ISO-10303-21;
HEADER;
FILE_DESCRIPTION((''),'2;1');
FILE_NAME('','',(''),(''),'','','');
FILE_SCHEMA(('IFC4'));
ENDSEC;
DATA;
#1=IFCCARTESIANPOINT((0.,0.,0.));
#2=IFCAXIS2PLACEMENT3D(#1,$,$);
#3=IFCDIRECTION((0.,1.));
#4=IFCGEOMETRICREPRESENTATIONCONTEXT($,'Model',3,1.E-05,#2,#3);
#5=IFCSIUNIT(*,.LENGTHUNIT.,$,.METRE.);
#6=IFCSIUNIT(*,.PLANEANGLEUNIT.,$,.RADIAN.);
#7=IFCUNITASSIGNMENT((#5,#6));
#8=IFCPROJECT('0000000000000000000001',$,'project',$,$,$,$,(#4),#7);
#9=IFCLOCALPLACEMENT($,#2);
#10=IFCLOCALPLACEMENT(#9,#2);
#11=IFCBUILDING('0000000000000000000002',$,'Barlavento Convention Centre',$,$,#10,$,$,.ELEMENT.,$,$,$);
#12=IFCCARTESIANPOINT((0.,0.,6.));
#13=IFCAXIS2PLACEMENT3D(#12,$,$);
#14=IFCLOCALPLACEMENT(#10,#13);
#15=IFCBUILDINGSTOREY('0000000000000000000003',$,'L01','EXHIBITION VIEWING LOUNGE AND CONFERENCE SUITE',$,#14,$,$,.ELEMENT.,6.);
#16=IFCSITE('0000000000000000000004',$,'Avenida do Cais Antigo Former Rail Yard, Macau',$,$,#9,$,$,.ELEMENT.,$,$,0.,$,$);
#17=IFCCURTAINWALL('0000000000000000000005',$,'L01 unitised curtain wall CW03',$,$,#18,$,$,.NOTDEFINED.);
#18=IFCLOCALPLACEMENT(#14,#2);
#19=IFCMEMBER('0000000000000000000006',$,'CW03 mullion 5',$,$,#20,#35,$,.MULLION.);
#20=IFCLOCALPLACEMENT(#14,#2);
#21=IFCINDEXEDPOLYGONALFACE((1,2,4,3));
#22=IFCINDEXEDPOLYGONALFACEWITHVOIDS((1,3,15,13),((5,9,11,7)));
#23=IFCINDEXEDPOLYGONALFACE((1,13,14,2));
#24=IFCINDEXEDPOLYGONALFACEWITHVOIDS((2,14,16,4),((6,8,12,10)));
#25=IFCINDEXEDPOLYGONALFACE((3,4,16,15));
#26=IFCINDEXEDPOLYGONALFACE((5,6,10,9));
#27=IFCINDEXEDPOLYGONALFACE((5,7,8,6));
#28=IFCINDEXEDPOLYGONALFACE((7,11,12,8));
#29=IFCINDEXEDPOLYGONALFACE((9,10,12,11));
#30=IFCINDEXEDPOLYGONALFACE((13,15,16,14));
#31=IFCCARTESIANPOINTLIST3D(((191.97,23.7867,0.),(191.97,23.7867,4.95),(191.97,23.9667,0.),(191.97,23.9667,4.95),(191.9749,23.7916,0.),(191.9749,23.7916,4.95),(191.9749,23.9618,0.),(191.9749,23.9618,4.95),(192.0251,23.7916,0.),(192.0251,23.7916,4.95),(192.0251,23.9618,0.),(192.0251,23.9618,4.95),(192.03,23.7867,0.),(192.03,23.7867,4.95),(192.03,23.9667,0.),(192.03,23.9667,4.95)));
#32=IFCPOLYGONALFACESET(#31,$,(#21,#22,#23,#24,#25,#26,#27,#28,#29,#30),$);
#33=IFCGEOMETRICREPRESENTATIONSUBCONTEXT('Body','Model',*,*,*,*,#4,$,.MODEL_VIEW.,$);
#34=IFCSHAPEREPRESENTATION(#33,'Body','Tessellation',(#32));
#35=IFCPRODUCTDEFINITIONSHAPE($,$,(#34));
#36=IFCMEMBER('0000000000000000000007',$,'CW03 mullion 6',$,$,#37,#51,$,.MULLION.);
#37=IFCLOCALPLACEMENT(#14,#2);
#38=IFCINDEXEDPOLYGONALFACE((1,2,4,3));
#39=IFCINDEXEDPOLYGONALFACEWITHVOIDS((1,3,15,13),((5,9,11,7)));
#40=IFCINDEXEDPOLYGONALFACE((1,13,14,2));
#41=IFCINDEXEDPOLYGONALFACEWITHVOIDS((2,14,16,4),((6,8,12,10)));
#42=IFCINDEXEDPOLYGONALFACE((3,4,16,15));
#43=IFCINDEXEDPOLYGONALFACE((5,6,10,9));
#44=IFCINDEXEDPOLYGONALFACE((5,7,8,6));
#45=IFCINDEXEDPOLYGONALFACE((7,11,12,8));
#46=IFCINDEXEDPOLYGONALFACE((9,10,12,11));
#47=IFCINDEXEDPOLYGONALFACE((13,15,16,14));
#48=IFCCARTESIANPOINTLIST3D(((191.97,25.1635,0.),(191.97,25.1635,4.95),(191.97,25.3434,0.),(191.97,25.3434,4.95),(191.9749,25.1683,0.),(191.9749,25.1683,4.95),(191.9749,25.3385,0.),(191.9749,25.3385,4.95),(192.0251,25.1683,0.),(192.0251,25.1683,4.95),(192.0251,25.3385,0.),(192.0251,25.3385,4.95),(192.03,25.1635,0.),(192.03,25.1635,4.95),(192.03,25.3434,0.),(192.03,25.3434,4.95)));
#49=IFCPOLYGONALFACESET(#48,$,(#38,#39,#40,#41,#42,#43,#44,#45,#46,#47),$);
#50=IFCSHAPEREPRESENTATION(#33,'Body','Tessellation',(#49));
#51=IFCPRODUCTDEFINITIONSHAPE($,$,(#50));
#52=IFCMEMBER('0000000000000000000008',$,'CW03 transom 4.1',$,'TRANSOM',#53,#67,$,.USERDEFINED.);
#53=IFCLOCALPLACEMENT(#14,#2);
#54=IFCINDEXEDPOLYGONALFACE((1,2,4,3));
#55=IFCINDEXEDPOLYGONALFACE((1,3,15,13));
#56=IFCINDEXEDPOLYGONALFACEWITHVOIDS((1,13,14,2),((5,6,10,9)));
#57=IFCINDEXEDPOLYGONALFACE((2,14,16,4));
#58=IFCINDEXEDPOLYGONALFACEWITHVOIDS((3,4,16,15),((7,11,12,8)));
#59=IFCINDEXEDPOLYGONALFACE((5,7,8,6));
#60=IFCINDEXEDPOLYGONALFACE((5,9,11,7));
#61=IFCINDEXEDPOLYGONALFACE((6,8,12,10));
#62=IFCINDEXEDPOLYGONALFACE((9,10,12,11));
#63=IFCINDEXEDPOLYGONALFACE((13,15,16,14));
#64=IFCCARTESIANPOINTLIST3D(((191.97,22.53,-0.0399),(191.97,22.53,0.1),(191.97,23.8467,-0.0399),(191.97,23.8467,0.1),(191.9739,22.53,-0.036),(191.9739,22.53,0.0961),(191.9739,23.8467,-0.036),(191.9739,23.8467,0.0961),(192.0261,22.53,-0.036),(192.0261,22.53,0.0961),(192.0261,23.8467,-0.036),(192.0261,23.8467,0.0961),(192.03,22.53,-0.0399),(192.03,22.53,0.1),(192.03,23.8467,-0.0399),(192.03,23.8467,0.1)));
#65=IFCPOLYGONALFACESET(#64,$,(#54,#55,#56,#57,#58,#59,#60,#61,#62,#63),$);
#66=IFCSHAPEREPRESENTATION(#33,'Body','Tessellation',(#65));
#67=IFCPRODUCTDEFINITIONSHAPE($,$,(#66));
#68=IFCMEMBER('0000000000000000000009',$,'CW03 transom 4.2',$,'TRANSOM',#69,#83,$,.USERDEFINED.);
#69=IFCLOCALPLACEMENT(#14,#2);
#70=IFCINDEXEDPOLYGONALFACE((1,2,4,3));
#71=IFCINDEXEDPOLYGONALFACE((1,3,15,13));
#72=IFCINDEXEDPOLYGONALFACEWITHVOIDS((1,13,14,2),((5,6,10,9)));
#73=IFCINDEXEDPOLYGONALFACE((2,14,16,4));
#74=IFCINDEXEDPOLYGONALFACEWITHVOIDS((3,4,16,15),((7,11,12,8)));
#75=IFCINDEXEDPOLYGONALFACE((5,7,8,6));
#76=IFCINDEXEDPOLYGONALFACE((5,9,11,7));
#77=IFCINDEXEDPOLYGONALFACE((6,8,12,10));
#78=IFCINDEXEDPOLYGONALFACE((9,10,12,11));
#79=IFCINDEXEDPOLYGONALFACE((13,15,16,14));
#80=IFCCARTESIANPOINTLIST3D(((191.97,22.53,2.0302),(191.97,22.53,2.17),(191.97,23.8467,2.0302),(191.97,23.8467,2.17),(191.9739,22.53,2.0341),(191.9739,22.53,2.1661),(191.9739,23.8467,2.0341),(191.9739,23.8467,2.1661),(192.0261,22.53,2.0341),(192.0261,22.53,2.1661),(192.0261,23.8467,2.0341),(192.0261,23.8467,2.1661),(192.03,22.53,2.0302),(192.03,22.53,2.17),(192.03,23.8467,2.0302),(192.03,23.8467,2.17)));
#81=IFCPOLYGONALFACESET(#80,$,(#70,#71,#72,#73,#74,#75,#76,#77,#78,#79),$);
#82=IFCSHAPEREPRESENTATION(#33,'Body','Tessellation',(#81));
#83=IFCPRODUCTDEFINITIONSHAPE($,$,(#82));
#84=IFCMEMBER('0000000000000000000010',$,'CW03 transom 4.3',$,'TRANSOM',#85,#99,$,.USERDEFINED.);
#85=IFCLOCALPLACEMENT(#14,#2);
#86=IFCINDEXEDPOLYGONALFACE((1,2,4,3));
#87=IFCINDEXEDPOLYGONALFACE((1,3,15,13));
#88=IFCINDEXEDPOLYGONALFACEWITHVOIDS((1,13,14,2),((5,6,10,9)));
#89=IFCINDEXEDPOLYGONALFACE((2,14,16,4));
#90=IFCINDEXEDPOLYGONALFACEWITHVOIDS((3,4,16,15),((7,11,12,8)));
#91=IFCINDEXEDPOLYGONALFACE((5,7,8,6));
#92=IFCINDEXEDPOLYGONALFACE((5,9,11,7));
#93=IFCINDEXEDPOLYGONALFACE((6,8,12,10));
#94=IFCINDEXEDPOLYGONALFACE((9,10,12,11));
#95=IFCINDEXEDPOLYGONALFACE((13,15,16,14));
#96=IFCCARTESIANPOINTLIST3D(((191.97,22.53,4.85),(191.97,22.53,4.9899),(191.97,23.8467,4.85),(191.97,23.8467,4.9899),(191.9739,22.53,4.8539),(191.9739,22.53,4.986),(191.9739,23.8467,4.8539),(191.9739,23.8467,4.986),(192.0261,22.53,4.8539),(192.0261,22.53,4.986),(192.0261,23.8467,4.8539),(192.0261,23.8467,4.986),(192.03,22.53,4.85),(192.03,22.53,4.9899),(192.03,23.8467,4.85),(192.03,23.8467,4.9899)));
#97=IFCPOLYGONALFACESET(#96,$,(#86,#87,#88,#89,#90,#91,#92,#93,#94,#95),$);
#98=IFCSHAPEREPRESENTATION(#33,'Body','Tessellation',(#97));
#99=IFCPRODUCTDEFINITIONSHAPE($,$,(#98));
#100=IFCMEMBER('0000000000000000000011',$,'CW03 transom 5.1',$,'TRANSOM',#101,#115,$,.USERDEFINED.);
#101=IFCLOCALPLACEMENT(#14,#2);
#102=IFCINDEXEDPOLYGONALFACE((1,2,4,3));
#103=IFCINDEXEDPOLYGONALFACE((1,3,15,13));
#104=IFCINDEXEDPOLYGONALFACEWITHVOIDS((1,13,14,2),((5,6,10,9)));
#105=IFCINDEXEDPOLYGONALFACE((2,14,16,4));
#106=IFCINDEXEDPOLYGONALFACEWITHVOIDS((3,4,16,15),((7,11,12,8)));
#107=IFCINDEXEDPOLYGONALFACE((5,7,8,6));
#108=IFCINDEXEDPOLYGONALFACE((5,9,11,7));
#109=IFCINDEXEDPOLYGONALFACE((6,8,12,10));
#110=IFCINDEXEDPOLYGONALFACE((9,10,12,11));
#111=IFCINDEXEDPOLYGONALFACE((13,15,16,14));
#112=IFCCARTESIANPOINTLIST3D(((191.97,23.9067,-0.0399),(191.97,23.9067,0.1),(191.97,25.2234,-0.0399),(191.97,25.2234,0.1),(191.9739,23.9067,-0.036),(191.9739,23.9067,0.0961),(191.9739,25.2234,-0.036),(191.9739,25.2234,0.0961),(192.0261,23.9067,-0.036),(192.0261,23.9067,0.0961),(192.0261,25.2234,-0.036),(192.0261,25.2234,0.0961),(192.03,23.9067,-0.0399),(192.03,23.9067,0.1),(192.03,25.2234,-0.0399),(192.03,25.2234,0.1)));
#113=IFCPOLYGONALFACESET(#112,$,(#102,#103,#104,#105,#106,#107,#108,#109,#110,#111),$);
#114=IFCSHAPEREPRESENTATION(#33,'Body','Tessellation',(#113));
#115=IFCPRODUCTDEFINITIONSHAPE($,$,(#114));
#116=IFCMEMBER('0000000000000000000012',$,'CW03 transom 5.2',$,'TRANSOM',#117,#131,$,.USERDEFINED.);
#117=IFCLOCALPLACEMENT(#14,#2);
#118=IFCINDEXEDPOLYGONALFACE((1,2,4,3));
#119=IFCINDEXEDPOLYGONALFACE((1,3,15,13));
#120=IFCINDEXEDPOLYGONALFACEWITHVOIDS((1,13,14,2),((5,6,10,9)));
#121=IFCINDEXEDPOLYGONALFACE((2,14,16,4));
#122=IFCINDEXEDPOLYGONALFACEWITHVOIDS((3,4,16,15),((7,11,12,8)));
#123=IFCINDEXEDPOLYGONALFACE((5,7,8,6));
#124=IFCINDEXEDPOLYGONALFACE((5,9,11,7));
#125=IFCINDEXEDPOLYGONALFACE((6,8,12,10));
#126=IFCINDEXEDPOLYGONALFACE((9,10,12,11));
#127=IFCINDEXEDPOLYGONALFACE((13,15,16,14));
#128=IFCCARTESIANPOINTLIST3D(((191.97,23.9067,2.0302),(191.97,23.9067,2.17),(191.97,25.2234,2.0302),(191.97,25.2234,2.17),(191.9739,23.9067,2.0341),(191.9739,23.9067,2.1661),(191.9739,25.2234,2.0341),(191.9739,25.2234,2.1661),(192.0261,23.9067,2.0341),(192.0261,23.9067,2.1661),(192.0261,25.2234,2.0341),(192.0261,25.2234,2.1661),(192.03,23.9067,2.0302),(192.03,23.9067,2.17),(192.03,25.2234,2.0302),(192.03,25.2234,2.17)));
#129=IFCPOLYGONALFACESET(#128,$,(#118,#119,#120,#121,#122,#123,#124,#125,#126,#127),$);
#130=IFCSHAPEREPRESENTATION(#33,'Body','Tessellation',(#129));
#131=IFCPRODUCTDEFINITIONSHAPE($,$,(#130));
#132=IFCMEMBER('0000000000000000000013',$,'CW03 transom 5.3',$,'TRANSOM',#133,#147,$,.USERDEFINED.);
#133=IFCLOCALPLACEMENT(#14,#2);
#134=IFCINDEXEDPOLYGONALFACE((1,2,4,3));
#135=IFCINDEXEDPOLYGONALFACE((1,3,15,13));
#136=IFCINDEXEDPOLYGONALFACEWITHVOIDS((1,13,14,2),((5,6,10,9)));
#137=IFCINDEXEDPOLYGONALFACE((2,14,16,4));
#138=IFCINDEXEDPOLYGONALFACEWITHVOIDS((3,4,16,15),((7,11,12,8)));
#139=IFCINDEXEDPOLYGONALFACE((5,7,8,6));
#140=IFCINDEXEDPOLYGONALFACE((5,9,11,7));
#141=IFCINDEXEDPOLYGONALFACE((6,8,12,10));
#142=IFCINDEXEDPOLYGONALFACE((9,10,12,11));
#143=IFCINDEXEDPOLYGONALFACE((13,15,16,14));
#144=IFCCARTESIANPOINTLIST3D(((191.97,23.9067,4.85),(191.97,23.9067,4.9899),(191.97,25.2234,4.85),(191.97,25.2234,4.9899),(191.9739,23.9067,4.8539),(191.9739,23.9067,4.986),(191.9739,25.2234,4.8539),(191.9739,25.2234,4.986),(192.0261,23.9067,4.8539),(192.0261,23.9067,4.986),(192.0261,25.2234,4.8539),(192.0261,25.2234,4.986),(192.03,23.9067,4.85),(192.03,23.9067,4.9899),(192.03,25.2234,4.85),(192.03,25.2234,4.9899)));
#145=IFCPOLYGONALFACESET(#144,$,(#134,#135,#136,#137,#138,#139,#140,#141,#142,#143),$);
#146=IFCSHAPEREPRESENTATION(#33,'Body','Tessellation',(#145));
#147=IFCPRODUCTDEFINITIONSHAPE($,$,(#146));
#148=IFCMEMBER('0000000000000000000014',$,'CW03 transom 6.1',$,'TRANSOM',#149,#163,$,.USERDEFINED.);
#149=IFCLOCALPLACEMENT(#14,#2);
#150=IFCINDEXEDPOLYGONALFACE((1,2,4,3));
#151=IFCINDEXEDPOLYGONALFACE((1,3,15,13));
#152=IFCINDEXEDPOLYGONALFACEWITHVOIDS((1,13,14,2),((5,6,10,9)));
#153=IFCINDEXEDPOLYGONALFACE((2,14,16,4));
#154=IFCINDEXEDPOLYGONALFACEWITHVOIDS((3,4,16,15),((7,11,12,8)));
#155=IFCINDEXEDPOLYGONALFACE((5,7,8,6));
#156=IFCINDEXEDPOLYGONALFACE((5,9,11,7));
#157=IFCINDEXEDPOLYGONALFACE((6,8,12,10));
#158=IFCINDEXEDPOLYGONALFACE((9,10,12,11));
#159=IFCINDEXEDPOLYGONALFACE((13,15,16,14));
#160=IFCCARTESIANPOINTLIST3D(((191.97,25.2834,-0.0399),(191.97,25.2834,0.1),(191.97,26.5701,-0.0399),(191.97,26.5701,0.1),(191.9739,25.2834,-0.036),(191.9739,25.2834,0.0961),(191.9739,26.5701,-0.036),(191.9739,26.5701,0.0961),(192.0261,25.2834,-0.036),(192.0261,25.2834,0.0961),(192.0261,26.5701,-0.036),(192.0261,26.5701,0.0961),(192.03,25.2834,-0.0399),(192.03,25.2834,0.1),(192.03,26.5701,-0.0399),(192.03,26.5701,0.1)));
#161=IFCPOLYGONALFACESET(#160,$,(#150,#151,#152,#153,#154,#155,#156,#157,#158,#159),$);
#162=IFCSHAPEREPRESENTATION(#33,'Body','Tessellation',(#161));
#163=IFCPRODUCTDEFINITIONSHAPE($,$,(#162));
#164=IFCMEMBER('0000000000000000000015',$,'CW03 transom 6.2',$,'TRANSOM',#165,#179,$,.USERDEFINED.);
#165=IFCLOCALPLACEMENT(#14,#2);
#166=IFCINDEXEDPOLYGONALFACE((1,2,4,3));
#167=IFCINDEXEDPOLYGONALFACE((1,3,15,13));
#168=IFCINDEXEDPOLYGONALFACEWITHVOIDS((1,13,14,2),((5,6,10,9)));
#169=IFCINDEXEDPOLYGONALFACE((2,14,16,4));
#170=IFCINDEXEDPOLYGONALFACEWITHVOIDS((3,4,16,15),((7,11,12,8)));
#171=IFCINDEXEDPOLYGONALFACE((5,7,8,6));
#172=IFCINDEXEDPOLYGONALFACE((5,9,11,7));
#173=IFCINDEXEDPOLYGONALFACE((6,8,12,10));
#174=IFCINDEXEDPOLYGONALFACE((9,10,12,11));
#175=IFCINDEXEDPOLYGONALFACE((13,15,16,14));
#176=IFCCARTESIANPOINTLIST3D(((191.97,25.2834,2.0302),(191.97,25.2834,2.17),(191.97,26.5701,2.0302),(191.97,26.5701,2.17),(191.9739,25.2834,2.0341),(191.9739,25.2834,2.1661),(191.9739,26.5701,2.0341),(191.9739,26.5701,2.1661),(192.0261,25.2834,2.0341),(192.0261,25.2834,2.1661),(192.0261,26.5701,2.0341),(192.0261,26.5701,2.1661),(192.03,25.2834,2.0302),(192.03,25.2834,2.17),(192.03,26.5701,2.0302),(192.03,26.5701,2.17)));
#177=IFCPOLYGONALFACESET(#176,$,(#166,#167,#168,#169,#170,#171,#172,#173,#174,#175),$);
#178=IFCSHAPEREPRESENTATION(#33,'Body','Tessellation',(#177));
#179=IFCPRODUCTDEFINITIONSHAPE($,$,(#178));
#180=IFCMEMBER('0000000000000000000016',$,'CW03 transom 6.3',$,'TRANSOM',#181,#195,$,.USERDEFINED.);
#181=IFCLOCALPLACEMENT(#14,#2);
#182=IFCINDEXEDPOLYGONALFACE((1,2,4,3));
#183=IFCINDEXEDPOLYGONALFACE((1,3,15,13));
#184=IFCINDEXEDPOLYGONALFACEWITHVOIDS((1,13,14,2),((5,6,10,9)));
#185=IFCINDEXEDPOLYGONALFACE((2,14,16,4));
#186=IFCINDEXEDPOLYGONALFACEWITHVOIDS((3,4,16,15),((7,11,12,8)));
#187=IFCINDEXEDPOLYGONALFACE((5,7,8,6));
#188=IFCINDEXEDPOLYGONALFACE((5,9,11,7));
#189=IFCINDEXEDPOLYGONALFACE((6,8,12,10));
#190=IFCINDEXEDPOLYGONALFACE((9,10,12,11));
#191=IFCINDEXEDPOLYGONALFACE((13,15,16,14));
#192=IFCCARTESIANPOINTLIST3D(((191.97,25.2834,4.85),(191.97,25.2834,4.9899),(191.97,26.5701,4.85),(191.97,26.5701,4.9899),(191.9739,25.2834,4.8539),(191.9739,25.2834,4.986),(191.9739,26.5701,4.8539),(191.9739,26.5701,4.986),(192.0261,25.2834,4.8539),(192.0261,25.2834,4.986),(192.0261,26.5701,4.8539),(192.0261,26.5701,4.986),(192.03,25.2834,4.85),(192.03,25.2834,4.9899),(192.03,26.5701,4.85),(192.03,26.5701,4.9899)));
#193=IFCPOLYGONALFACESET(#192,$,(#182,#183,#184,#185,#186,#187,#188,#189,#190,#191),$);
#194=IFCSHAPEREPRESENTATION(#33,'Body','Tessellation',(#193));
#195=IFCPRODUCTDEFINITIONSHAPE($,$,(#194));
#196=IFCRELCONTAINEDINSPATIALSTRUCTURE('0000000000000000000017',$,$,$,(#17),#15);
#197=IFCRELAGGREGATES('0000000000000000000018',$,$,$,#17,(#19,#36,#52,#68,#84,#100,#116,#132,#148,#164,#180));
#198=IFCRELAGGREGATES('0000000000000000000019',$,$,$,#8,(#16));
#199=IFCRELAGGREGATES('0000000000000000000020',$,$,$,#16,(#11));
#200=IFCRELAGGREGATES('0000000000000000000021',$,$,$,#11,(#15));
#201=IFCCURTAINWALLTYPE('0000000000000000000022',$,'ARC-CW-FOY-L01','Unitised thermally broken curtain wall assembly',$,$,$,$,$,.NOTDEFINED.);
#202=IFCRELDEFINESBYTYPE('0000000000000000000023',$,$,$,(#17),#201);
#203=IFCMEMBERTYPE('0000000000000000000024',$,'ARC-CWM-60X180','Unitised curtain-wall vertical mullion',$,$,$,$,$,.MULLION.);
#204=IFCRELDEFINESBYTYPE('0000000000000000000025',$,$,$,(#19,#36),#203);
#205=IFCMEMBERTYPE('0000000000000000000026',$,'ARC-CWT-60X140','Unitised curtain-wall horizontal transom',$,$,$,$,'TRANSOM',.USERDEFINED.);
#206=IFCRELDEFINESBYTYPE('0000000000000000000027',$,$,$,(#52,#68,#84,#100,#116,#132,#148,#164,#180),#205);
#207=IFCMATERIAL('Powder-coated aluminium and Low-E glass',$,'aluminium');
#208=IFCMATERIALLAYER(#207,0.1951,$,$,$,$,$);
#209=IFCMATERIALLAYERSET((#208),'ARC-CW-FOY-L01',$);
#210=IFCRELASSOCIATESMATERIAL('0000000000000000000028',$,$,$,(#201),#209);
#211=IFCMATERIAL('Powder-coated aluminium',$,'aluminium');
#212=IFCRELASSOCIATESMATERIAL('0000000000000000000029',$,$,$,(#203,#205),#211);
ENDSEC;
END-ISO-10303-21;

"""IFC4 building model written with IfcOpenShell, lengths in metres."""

from ifc_helpers import new_model, si_unit, direction, frame, origin, origin_2d, place, context, subcontext, project, spatial, hollow_rectangle, extrude, material, layer, layer_set, material_profile, profile_set, type_object, element, aggregate, save


model = new_model("IFC4")

# Units and contexts
model_context = context("Model", 3, precision=1e-05, world=origin(), true_north=direction((0.0, 1.0)))
body_context = subcontext(model_context, "Body", "Model", "MODEL_VIEW")
ifc_project = project(units=[si_unit("LENGTHUNIT", "METRE"), si_unit("PLANEANGLEUNIT", "RADIAN")], contexts=[model_context])

# Site, building, storey
site_placement = place(None, origin())
site = spatial("IfcSite", under=ifc_project, at=site_placement, Name="Avenida do Cais Antigo Former Rail Yard, Macau", CompositionType="ELEMENT", RefElevation=0.0)
building_placement = place(site_placement, origin())
building = spatial("IfcBuilding", under=site, at=building_placement, Name="Barlavento Convention Centre", CompositionType="ELEMENT")
storey_placement = place(building_placement, frame((0.0, 0.0, 6.0)))
storey = spatial("IfcBuildingStorey", under=building, at=storey_placement, Name="L01", Description="EXHIBITION VIEWING LOUNGE AND CONFERENCE SUITE", CompositionType="ELEMENT", Elevation=6.0)

# Curtain wall, members
ifc_material_1 = material(Name="Powder-coated aluminium and Low-E glass", Category="aluminium")
ifc_layer_1 = layer(ifc_material_1, 0.1951)
ifc_layer_set_1 = layer_set([ifc_layer_1], Name="ARC-CW-FOY-L01")
curtain_wall_type = type_object("IfcCurtainWallType", Name="ARC-CW-FOY-L01", Description="Unitised thermally broken curtain wall assembly", PredefinedType="NOTDEFINED", material=ifc_layer_set_1)
curtain_wall_placement = place(storey_placement, origin())
curtain_wall = element("IfcCurtainWall", 1, at=curtain_wall_placement, inside=storey, type_object=curtain_wall_type, Name="L01 unitised curtain wall CW03", PredefinedType="NOTDEFINED")
ifc_material_2 = material(Name="Powder-coated aluminium", Category="aluminium")
ifc_material_profile_1 = material_profile(ifc_material_2, hollow_rectangle(XDim=0.0601, YDim=0.1799, WallThickness=0.0049, at=origin_2d()), Name="AL-MULL 60x180x5")
ifc_profile_set_1 = profile_set([ifc_material_profile_1], Name="Powder-coated aluminium")
member_type_1 = type_object("IfcMemberType", Name="ARC-CWM-60X180", Description="Unitised curtain-wall vertical mullion", PredefinedType="MULLION", material=ifc_profile_set_1)
member_1_placement = place(storey_placement, frame((192.0, 23.8767, 0.0), z_axis=(0.0, 0.0, 1.0), x_axis=(-1.0, 0.0, 0.0)))
member_1 = element("IfcMember", 2, at=member_1_placement, type_object=member_type_1, Name="CW03 mullion 5", PredefinedType="MULLION", context=body_context, shape_type="SweptSolid", body=[
    extrude(hollow_rectangle(XDim=0.0601, YDim=0.1799, WallThickness=0.0049, at=origin_2d()), origin(), (0.0, 0.0, 1.0), 4.95),
])
member_2_placement = place(storey_placement, frame((192.0, 25.2534, 0.0), z_axis=(0.0, 0.0, 1.0), x_axis=(-1.0, 0.0, 0.0)))
member_2 = element("IfcMember", 3, at=member_2_placement, type_object=member_type_1, Name="CW03 mullion 6", PredefinedType="MULLION", context=body_context, shape_type="SweptSolid", body=[
    extrude(hollow_rectangle(XDim=0.0601, YDim=0.1799, WallThickness=0.0049, at=origin_2d()), origin(), (0.0, 0.0, 1.0), 4.95),
])
ifc_material_profile_2 = material_profile(ifc_material_2, hollow_rectangle(XDim=0.0601, YDim=0.1399, WallThickness=0.0039, at=origin_2d()), Name="AL-TRAN 60x140x4")
ifc_profile_set_2 = profile_set([ifc_material_profile_2], Name="Powder-coated aluminium")
member_type_2 = type_object("IfcMemberType", Name="ARC-CWT-60X140", Description="Unitised curtain-wall horizontal transom", ElementType="TRANSOM", PredefinedType="USERDEFINED", material=ifc_profile_set_2)
member_3_placement = place(storey_placement, frame((192.0, 22.53, 0.03), z_axis=(0.0, 1.0, 0.0), x_axis=(-1.0, 0.0, 0.0)))
member_3 = element("IfcMember", 4, at=member_3_placement, type_object=member_type_2, Name="CW03 transom 4.1", ObjectType="TRANSOM", PredefinedType="USERDEFINED", context=body_context, shape_type="SweptSolid", body=[
    extrude(hollow_rectangle(XDim=0.0601, YDim=0.1399, WallThickness=0.0039, at=origin_2d()), origin(), (0.0, 0.0, 1.0), 1.3167),
])
member_4_placement = place(storey_placement, frame((192.0, 22.53, 2.1001), z_axis=(0.0, 1.0, 0.0), x_axis=(-1.0, 0.0, 0.0)))
member_4 = element("IfcMember", 5, at=member_4_placement, type_object=member_type_2, Name="CW03 transom 4.2", ObjectType="TRANSOM", PredefinedType="USERDEFINED", context=body_context, shape_type="SweptSolid", body=[
    extrude(hollow_rectangle(XDim=0.0601, YDim=0.1399, WallThickness=0.0039, at=origin_2d()), origin(), (0.0, 0.0, 1.0), 1.3167),
])
member_5_placement = place(storey_placement, frame((192.0, 22.53, 4.9199), z_axis=(0.0, 1.0, 0.0), x_axis=(-1.0, 0.0, 0.0)))
member_5 = element("IfcMember", 6, at=member_5_placement, type_object=member_type_2, Name="CW03 transom 4.3", ObjectType="TRANSOM", PredefinedType="USERDEFINED", context=body_context, shape_type="SweptSolid", body=[
    extrude(hollow_rectangle(XDim=0.0601, YDim=0.1399, WallThickness=0.0039, at=origin_2d()), origin(), (0.0, 0.0, 1.0), 1.3167),
])
member_6_placement = place(storey_placement, frame((192.0, 23.9067, 0.03), z_axis=(0.0, 1.0, 0.0), x_axis=(-1.0, 0.0, 0.0)))
member_6 = element("IfcMember", 7, at=member_6_placement, type_object=member_type_2, Name="CW03 transom 5.1", ObjectType="TRANSOM", PredefinedType="USERDEFINED", context=body_context, shape_type="SweptSolid", body=[
    extrude(hollow_rectangle(XDim=0.0601, YDim=0.1399, WallThickness=0.0039, at=origin_2d()), origin(), (0.0, 0.0, 1.0), 1.3167),
])
member_7_placement = place(storey_placement, frame((192.0, 23.9067, 2.1001), z_axis=(0.0, 1.0, 0.0), x_axis=(-1.0, 0.0, 0.0)))
member_7 = element("IfcMember", 8, at=member_7_placement, type_object=member_type_2, Name="CW03 transom 5.2", ObjectType="TRANSOM", PredefinedType="USERDEFINED", context=body_context, shape_type="SweptSolid", body=[
    extrude(hollow_rectangle(XDim=0.0601, YDim=0.1399, WallThickness=0.0039, at=origin_2d()), origin(), (0.0, 0.0, 1.0), 1.3167),
])
member_8_placement = place(storey_placement, frame((192.0, 23.9067, 4.9199), z_axis=(0.0, 1.0, 0.0), x_axis=(-1.0, 0.0, 0.0)))
member_8 = element("IfcMember", 9, at=member_8_placement, type_object=member_type_2, Name="CW03 transom 5.3", ObjectType="TRANSOM", PredefinedType="USERDEFINED", context=body_context, shape_type="SweptSolid", body=[
    extrude(hollow_rectangle(XDim=0.0601, YDim=0.1399, WallThickness=0.0039, at=origin_2d()), origin(), (0.0, 0.0, 1.0), 1.3167),
])
member_9_placement = place(storey_placement, frame((192.0, 25.2834, 0.03), z_axis=(0.0, 1.0, 0.0), x_axis=(-1.0, 0.0, 0.0)))
member_9 = element("IfcMember", 10, at=member_9_placement, type_object=member_type_2, Name="CW03 transom 6.1", ObjectType="TRANSOM", PredefinedType="USERDEFINED", context=body_context, shape_type="SweptSolid", body=[
    extrude(hollow_rectangle(XDim=0.0601, YDim=0.1399, WallThickness=0.0039, at=origin_2d()), origin(), (0.0, 0.0, 1.0), 1.2866),
])
member_10_placement = place(storey_placement, frame((192.0, 25.2834, 2.1001), z_axis=(0.0, 1.0, 0.0), x_axis=(-1.0, 0.0, 0.0)))
member_10 = element("IfcMember", 11, at=member_10_placement, type_object=member_type_2, Name="CW03 transom 6.2", ObjectType="TRANSOM", PredefinedType="USERDEFINED", context=body_context, shape_type="SweptSolid", body=[
    extrude(hollow_rectangle(XDim=0.0601, YDim=0.1399, WallThickness=0.0039, at=origin_2d()), origin(), (0.0, 0.0, 1.0), 1.2866),
])
member_11_placement = place(storey_placement, frame((192.0, 25.2834, 4.9199), z_axis=(0.0, 1.0, 0.0), x_axis=(-1.0, 0.0, 0.0)))
member_11 = element("IfcMember", 12, at=member_11_placement, type_object=member_type_2, Name="CW03 transom 6.3", ObjectType="TRANSOM", PredefinedType="USERDEFINED", context=body_context, shape_type="SweptSolid", body=[
    extrude(hollow_rectangle(XDim=0.0601, YDim=0.1399, WallThickness=0.0039, at=origin_2d()), origin(), (0.0, 0.0, 1.0), 1.2866),
])
aggregate(curtain_wall, [member_1, member_2, member_3, member_4, member_5, member_6, member_7, member_8, member_9, member_10, member_11])

save(model, "model.ifc")
